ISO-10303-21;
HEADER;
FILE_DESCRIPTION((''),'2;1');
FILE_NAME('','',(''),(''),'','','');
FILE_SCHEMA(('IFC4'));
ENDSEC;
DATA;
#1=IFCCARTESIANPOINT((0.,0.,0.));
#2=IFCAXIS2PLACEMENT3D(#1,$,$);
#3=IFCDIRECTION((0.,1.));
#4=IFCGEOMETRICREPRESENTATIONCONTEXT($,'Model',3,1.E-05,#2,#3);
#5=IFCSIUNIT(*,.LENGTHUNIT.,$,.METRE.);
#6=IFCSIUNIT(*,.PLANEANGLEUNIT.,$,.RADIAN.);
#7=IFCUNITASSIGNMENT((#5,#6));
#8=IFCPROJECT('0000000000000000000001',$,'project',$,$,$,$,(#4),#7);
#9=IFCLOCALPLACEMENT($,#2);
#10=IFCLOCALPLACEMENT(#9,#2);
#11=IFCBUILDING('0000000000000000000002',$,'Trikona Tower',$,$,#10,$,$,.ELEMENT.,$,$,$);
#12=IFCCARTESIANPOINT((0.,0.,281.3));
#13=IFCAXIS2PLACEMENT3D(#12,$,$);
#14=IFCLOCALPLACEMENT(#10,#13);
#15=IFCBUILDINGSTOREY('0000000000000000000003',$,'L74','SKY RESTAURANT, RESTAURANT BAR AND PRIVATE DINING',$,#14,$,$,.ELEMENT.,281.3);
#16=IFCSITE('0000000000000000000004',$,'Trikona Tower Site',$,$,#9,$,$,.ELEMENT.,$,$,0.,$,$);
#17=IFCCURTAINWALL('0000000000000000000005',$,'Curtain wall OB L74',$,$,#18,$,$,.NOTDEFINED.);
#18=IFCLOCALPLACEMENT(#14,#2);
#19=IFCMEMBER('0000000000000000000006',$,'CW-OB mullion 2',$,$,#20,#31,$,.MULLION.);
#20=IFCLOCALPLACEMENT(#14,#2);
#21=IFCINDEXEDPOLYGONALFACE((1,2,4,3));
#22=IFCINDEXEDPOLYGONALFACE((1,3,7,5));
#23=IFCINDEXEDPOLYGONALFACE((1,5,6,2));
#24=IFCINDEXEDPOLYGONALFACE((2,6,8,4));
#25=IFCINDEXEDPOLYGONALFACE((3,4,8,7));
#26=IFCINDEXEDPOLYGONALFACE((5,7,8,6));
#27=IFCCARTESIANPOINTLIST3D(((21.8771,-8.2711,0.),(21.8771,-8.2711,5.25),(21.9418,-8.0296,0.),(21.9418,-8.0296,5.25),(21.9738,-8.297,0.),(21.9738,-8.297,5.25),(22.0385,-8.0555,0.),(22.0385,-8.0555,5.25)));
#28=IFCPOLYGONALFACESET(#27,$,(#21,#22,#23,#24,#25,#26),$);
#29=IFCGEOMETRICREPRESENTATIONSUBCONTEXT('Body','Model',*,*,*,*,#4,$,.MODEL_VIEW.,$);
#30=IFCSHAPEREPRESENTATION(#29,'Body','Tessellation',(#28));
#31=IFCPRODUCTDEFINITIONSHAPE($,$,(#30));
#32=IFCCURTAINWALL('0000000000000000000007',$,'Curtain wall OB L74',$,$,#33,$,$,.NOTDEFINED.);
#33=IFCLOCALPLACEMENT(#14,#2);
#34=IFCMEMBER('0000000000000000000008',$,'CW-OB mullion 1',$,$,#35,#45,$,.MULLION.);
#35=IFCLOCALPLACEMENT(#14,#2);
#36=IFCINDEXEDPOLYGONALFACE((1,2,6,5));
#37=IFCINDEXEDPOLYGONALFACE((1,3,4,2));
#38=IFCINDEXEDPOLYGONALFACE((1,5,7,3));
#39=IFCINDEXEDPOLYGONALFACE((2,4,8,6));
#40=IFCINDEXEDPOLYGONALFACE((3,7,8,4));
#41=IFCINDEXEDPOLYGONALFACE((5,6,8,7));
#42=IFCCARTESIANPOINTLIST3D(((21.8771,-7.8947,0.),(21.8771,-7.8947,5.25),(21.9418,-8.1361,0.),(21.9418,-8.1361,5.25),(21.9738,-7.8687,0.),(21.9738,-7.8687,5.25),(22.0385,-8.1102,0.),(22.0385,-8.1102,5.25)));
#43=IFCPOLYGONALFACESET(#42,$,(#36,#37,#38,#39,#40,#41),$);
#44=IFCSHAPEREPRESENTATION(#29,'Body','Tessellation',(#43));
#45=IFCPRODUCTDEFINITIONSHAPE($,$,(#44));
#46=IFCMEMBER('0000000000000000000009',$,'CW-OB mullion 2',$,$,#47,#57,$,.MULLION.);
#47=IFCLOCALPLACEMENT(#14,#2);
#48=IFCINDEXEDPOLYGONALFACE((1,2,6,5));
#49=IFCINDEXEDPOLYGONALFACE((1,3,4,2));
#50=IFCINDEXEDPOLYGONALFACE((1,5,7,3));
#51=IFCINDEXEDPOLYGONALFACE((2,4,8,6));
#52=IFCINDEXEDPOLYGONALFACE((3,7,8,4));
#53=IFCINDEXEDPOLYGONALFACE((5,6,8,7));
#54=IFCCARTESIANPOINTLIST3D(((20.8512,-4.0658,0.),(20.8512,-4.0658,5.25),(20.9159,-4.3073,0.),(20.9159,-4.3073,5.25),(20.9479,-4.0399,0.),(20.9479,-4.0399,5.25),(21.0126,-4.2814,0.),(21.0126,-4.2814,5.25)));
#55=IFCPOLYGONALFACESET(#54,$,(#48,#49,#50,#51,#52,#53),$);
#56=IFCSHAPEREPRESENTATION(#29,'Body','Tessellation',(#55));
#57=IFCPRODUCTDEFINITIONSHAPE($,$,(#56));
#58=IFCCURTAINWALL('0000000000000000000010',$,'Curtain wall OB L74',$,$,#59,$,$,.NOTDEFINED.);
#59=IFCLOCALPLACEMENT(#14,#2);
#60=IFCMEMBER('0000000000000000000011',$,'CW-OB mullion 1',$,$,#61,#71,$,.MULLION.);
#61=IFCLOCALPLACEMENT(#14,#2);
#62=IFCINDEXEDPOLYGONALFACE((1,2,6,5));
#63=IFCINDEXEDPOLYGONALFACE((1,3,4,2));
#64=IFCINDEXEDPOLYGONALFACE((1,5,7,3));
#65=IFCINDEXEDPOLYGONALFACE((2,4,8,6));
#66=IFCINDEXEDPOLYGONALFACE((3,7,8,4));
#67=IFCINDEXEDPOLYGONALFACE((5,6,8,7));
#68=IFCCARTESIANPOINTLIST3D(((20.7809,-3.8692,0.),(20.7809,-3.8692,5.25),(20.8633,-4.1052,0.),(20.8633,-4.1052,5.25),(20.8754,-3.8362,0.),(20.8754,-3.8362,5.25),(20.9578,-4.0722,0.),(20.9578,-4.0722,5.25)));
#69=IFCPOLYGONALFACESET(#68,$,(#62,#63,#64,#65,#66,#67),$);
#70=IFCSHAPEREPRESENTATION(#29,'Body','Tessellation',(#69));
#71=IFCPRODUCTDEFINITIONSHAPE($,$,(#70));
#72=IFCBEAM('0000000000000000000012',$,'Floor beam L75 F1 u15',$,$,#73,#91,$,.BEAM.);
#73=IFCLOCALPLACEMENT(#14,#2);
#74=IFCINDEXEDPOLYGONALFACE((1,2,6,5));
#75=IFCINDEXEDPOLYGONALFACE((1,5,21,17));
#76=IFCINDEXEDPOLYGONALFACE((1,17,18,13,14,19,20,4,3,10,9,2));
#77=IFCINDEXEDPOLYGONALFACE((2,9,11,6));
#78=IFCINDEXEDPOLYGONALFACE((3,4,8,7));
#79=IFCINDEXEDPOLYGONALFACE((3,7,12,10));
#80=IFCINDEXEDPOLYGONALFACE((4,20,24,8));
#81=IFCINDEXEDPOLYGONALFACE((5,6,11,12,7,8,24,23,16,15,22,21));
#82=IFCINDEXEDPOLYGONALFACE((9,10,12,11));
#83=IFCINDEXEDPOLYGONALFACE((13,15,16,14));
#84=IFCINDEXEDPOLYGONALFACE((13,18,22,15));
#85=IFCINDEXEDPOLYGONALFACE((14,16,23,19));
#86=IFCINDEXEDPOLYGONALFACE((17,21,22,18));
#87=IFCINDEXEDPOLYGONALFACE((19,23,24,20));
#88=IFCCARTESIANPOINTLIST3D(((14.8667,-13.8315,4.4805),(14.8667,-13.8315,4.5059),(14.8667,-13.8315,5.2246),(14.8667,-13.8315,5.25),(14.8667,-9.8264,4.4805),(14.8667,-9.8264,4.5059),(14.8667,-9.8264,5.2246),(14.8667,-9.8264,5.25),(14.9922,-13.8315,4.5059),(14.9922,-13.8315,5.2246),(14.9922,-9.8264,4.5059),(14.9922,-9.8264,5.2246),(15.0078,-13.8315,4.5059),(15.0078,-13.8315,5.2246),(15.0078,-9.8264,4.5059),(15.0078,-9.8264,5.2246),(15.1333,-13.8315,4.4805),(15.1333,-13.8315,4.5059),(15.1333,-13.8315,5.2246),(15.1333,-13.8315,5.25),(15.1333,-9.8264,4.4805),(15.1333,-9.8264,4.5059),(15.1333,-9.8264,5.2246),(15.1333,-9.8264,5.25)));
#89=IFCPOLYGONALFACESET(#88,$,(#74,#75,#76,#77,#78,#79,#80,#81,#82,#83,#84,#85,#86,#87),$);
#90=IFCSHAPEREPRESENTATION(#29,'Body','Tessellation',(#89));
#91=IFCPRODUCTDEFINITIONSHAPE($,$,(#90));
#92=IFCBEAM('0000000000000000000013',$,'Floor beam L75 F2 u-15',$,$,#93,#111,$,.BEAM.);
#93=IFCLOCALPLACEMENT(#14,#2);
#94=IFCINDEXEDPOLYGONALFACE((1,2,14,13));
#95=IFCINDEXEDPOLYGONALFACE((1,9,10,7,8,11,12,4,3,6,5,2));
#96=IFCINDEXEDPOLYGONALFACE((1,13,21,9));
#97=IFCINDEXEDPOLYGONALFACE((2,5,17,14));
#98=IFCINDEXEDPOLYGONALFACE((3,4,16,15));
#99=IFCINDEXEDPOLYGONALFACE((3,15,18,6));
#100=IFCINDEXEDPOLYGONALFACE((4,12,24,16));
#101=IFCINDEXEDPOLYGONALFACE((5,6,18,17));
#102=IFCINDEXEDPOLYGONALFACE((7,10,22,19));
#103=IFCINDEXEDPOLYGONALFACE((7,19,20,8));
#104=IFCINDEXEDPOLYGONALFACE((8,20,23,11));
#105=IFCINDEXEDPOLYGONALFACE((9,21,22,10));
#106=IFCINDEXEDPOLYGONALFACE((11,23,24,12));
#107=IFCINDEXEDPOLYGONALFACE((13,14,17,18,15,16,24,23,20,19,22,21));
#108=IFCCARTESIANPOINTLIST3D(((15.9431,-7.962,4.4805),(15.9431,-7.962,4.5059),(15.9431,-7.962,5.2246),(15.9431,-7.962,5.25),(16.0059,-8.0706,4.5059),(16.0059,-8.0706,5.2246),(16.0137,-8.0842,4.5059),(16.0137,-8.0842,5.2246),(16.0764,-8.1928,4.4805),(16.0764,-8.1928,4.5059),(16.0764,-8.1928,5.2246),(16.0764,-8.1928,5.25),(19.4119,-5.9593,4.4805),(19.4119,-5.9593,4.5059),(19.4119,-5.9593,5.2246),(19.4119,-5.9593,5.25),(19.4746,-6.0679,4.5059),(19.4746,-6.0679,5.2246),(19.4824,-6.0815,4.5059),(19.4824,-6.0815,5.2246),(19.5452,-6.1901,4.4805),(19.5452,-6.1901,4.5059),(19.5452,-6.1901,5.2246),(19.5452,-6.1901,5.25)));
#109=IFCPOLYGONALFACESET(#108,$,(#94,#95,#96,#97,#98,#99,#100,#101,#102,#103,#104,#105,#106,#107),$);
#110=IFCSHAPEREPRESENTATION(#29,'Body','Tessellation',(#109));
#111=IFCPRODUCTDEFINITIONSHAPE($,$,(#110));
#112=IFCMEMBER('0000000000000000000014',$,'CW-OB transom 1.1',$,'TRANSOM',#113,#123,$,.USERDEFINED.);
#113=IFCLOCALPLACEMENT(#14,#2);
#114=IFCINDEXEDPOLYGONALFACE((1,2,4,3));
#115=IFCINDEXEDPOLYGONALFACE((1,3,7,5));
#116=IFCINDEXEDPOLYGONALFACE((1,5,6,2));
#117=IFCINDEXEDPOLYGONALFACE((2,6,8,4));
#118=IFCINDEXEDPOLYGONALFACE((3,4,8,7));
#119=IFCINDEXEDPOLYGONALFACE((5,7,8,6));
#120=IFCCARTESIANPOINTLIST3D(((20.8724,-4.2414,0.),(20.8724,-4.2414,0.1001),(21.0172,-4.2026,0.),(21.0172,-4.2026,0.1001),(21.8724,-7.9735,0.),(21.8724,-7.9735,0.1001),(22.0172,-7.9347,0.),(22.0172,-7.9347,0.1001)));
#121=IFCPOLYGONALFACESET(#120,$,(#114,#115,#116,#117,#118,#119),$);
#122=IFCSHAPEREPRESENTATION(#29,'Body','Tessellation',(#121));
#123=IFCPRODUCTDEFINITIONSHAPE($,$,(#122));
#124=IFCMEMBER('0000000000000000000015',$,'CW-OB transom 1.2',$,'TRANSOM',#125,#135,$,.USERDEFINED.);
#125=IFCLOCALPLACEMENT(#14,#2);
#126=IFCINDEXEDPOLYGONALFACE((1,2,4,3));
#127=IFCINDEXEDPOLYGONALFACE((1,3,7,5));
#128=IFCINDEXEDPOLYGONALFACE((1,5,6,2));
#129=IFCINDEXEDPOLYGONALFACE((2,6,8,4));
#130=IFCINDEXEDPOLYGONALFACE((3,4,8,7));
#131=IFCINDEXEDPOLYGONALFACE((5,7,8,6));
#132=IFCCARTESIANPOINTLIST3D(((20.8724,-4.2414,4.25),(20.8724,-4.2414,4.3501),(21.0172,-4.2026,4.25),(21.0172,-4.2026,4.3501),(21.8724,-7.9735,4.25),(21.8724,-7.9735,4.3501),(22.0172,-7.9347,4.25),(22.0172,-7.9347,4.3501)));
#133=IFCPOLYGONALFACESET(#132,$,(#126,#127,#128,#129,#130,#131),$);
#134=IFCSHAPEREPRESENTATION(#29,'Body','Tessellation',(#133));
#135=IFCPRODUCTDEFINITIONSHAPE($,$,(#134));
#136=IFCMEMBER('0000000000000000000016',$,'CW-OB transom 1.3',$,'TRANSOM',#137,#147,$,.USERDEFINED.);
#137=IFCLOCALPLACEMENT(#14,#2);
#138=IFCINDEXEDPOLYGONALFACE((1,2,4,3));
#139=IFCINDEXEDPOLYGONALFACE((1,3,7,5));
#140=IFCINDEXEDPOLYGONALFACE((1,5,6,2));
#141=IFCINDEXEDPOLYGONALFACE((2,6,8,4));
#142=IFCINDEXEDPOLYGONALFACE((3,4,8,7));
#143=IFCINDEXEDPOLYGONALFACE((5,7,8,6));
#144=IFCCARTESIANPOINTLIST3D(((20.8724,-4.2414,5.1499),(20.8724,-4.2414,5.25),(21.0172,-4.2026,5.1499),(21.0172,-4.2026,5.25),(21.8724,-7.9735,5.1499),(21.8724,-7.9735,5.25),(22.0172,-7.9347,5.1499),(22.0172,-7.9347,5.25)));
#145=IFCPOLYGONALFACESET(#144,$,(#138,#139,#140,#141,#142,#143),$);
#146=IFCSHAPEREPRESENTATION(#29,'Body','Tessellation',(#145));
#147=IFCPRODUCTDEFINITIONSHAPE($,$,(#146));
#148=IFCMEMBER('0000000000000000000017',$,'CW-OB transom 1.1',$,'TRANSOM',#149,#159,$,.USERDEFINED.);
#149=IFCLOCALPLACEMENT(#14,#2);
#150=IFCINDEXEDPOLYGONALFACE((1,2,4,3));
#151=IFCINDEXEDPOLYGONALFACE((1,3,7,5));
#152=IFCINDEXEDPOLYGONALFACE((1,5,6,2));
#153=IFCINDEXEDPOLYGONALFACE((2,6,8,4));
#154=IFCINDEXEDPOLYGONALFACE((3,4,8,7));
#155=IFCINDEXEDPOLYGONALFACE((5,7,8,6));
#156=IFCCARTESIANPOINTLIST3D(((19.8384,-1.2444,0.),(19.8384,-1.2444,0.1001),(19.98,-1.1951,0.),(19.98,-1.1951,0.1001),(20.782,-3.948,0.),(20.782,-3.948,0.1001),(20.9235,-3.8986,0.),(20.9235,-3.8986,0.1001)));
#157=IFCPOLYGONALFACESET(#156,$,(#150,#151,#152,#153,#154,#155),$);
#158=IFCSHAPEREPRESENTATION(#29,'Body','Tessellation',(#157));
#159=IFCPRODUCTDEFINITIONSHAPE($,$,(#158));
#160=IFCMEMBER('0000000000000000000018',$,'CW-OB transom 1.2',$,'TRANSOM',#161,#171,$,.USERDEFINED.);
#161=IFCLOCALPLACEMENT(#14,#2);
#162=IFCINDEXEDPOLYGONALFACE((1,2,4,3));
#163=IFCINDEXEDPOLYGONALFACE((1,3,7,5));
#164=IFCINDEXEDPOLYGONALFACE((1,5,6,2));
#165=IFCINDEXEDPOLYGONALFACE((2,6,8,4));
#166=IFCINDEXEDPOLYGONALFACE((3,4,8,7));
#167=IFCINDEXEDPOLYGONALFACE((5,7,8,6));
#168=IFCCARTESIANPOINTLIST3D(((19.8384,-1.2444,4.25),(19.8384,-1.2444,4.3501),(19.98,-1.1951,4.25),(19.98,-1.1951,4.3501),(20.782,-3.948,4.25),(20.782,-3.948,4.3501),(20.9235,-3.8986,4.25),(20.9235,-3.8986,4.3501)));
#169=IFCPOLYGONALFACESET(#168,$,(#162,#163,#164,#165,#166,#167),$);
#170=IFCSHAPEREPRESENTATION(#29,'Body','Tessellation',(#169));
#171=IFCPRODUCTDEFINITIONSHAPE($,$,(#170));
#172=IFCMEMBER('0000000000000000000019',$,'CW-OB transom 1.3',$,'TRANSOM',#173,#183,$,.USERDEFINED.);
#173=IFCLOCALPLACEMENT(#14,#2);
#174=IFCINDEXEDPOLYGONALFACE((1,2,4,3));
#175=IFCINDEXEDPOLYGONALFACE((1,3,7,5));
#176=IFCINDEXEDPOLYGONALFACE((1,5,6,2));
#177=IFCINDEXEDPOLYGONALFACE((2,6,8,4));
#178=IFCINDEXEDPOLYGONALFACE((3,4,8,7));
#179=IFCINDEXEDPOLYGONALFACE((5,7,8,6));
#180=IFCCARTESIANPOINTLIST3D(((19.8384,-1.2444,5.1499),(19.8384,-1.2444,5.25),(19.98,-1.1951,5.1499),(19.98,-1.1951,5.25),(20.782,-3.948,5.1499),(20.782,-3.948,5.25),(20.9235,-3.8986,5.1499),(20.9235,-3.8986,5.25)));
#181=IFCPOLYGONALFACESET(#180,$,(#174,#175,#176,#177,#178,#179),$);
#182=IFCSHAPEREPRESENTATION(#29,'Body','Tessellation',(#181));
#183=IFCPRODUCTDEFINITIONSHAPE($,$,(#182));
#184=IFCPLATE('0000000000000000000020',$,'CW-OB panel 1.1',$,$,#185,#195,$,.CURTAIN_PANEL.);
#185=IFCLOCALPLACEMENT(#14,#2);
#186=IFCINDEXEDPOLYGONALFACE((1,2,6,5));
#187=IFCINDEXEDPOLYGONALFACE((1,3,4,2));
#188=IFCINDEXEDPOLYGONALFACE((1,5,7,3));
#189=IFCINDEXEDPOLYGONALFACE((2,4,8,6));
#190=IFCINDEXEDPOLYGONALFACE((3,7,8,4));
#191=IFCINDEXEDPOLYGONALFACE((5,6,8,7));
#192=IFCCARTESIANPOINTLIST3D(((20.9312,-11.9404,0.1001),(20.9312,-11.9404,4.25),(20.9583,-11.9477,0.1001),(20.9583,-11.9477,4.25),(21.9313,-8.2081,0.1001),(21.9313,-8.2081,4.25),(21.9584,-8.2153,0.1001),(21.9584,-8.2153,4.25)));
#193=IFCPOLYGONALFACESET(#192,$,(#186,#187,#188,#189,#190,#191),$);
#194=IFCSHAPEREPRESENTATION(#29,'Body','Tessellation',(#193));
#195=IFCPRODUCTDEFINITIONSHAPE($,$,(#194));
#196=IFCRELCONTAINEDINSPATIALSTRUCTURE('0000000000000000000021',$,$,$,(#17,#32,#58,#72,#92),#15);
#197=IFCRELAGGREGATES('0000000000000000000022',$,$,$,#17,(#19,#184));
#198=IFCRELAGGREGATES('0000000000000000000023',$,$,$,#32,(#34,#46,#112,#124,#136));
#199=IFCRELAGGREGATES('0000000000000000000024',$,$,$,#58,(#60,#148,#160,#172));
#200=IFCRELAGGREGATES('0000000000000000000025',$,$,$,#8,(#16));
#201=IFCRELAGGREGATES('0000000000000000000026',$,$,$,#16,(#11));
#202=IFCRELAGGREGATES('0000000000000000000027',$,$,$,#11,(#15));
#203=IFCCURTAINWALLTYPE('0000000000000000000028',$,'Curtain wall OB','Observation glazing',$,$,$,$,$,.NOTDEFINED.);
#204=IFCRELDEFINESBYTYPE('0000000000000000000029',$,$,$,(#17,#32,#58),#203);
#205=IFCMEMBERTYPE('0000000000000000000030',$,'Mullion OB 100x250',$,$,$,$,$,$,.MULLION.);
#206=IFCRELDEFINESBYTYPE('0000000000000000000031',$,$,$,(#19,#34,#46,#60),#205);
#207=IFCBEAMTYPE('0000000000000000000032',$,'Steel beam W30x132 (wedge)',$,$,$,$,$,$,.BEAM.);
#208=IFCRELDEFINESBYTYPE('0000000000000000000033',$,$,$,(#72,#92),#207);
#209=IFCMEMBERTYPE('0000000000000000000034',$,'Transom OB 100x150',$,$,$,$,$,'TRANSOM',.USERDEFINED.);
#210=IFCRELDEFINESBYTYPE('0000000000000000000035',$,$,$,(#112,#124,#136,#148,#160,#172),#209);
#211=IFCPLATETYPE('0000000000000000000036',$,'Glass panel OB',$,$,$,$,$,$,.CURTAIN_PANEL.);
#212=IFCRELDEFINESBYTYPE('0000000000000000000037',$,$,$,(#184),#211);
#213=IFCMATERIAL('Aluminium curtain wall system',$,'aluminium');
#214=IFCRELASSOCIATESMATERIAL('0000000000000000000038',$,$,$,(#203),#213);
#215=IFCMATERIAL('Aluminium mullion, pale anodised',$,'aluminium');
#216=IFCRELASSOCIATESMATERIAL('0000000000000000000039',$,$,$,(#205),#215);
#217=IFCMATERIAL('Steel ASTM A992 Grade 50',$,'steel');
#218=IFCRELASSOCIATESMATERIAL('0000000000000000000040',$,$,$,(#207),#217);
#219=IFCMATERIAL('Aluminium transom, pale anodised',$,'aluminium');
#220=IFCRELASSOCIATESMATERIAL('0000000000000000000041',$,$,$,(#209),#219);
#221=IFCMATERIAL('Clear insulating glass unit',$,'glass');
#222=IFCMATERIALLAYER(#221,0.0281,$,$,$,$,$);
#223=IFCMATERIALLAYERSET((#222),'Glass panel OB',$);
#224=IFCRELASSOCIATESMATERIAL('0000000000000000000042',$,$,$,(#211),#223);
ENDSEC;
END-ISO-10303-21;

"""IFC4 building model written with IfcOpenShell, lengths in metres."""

from ifc_helpers import new_model, si_unit, direction, frame, origin, origin_2d, place, context, subcontext, project, spatial, rectangle, i_section, extrude, material, layer, layer_set, material_profile, profile_set, type_object, element, aggregate, save


model = new_model("IFC4")

# Units and contexts
model_context = context("Model", 3, precision=1e-05, world=origin(), true_north=direction((0.0, 1.0)))
body_context = subcontext(model_context, "Body", "Model", "MODEL_VIEW")
ifc_project = project(units=[si_unit("LENGTHUNIT", "METRE"), si_unit("PLANEANGLEUNIT", "RADIAN")], contexts=[model_context])

# Site, building, storey
site_placement = place(None, origin())
site = spatial("IfcSite", under=ifc_project, at=site_placement, Name="Trikona Tower Site", CompositionType="ELEMENT", RefElevation=0.0)
building_placement = place(site_placement, origin())
building = spatial("IfcBuilding", under=site, at=building_placement, Name="Trikona Tower", CompositionType="ELEMENT")
storey_placement = place(building_placement, frame((0.0, 0.0, 281.3)))
storey = spatial("IfcBuildingStorey", under=building, at=storey_placement, Name="L74", Description="SKY RESTAURANT, RESTAURANT BAR AND PRIVATE DINING", CompositionType="ELEMENT", Elevation=281.3)

# Curtain wall, member
ifc_material_1 = material(Name="Aluminium curtain wall system", Category="aluminium")
curtain_wall_type = type_object("IfcCurtainWallType", Name="Curtain wall OB", Description="Observation glazing", PredefinedType="NOTDEFINED", material=ifc_material_1)
curtain_wall_1_placement = place(storey_placement, origin())
curtain_wall_1 = element("IfcCurtainWall", 1, at=curtain_wall_1_placement, inside=storey, type_object=curtain_wall_type, Name="Curtain wall OB L74", PredefinedType="NOTDEFINED")
ifc_material_2 = material(Name="Aluminium mullion, pale anodised", Category="aluminium")
ifc_material_profile_1 = material_profile(ifc_material_2, rectangle(XDim=0.1001, YDim=0.25, at=origin_2d()), Name="MUL-OB")
ifc_profile_set_1 = profile_set([ifc_material_profile_1], Name="Aluminium mullion, pale anodised")
member_type_1 = type_object("IfcMemberType", Name="Mullion OB 100x250", PredefinedType="MULLION", material=ifc_profile_set_1)
member_1_placement = place(storey_placement, frame((21.9578, -8.1633, 0.0), z_axis=(0.0, 0.0, 1.0), x_axis=(-0.965923, 0.258828, 0.0)))
member_1 = element("IfcMember", 2, at=member_1_placement, type_object=member_type_1, Name="CW-OB mullion 2", PredefinedType="MULLION", context=body_context, shape_type="SweptSolid", body=[
    extrude(rectangle(XDim=0.1001, YDim=0.25, at=origin_2d()), origin(), (0.0, 0.0, 1.0), 5.25),
])

# Curtain wall, members
curtain_wall_2_placement = place(storey_placement, origin())
curtain_wall_2 = element("IfcCurtainWall", 3, at=curtain_wall_2_placement, inside=storey, type_object=curtain_wall_type, Name="Curtain wall OB L74", PredefinedType="NOTDEFINED")
member_2_placement = place(storey_placement, frame((21.9578, -8.0024, 0.0), z_axis=(0.0, 0.0, 1.0), x_axis=(-0.965922, -0.258834, 0.0)))
member_2 = element("IfcMember", 4, at=member_2_placement, type_object=member_type_1, Name="CW-OB mullion 1", PredefinedType="MULLION", context=body_context, shape_type="SweptSolid", body=[
    extrude(rectangle(XDim=0.1001, YDim=0.25, at=origin_2d()), origin(), (0.0, 0.0, 1.0), 5.25),
])
member_3_placement = place(storey_placement, frame((20.9319, -4.1736, 0.0), z_axis=(0.0, 0.0, 1.0), x_axis=(-0.965922, -0.258834, 0.0)))
member_3 = element("IfcMember", 5, at=member_3_placement, type_object=member_type_1, Name="CW-OB mullion 2", PredefinedType="MULLION", context=body_context, shape_type="SweptSolid", body=[
    extrude(rectangle(XDim=0.1001, YDim=0.25, at=origin_2d()), origin(), (0.0, 0.0, 1.0), 5.25),
])

# Curtain wall, member
curtain_wall_3_placement = place(storey_placement, origin())
curtain_wall_3 = element("IfcCurtainWall", 6, at=curtain_wall_3_placement, inside=storey, type_object=curtain_wall_type, Name="Curtain wall OB L74", PredefinedType="NOTDEFINED")
member_4_placement = place(storey_placement, frame((20.8694, -3.9707, 0.0), z_axis=(0.0, 0.0, 1.0), x_axis=(-0.944137, -0.329552, 0.0)))
member_4 = element("IfcMember", 7, at=member_4_placement, type_object=member_type_1, Name="CW-OB mullion 1", PredefinedType="MULLION", context=body_context, shape_type="SweptSolid", body=[
    extrude(rectangle(XDim=0.1001, YDim=0.25, at=origin_2d()), origin(), (0.0, 0.0, 1.0), 5.25),
])

# Beams
ifc_material_3 = material(Name="Steel ASTM A992 Grade 50", Category="steel")
ifc_material_profile_2 = material_profile(ifc_material_3, i_section(OverallWidth=0.2666, OverallDepth=0.7695, WebThickness=0.0156, FlangeThickness=0.0254, at=origin_2d()), Name="W30X132")
ifc_profile_set_2 = profile_set([ifc_material_profile_2], Name="Steel ASTM A992 Grade 50")
beam_type = type_object("IfcBeamType", Name="Steel beam W30x132 (wedge)", PredefinedType="BEAM", material=ifc_profile_set_2)
beam_1_placement = place(storey_placement, frame((15.0, -9.8264, 4.8652), z_axis=(0.0, -1.0, 0.0), x_axis=(1.0, 0.0, 0.0)))
element("IfcBeam", 8, at=beam_1_placement, inside=storey, type_object=beam_type, Name="Floor beam L75 F1 u15", PredefinedType="BEAM", context=body_context, shape_type="SweptSolid", body=[
    extrude(i_section(OverallWidth=0.2666, OverallDepth=0.7695, WebThickness=0.0156, FlangeThickness=0.0254, at=origin_2d()), origin(), (0.0, 0.0, 1.0), 4.0051),
])
beam_2_placement = place(storey_placement, frame((16.0098, -8.0774, 4.8652), z_axis=(0.866025, 0.5, 0.0), x_axis=(-0.5, 0.866025, 0.0)))
element("IfcBeam", 9, at=beam_2_placement, inside=storey, type_object=beam_type, Name="Floor beam L75 F2 u-15", PredefinedType="BEAM", context=body_context, shape_type="SweptSolid", body=[
    extrude(i_section(OverallWidth=0.2666, OverallDepth=0.7695, WebThickness=0.0156, FlangeThickness=0.0254, at=origin_2d()), origin(), (0.0, 0.0, 1.0), 4.0054),
])

# Members
ifc_material_4 = material(Name="Aluminium transom, pale anodised", Category="aluminium")
ifc_material_profile_3 = material_profile(ifc_material_4, rectangle(XDim=0.1499, YDim=0.1001, at=origin_2d()), Name="TRN-OB")
ifc_profile_set_3 = profile_set([ifc_material_profile_3], Name="Aluminium transom, pale anodised")
member_type_2 = type_object("IfcMemberType", Name="Transom OB 100x150", ElementType="TRANSOM", PredefinedType="USERDEFINED", material=ifc_profile_set_3)
member_5_placement = place(storey_placement, frame((21.9448, -7.9541, 0.05), z_axis=(-0.258811, 0.965928, 0.0), x_axis=(-0.965928, -0.258811, 0.0)))
member_5 = element("IfcMember", 10, at=member_5_placement, type_object=member_type_2, Name="CW-OB transom 1.1", ObjectType="TRANSOM", PredefinedType="USERDEFINED", context=body_context, shape_type="SweptSolid", body=[
    extrude(rectangle(XDim=0.1499, YDim=0.1001, at=origin_2d()), origin(), (0.0, 0.0, 1.0), 3.8638),
])
member_6_placement = place(storey_placement, frame((21.9448, -7.9541, 4.3), z_axis=(-0.258811, 0.965928, 0.0), x_axis=(-0.965928, -0.258811, 0.0)))
member_6 = element("IfcMember", 11, at=member_6_placement, type_object=member_type_2, Name="CW-OB transom 1.2", ObjectType="TRANSOM", PredefinedType="USERDEFINED", context=body_context, shape_type="SweptSolid", body=[
    extrude(rectangle(XDim=0.1499, YDim=0.1001, at=origin_2d()), origin(), (0.0, 0.0, 1.0), 3.8638),
])
member_7_placement = place(storey_placement, frame((21.9448, -7.9541, 5.2), z_axis=(-0.258811, 0.965928, 0.0), x_axis=(-0.965928, -0.258811, 0.0)))
member_7 = element("IfcMember", 12, at=member_7_placement, type_object=member_type_2, Name="CW-OB transom 1.3", ObjectType="TRANSOM", PredefinedType="USERDEFINED", context=body_context, shape_type="SweptSolid", body=[
    extrude(rectangle(XDim=0.1499, YDim=0.1001, at=origin_2d()), origin(), (0.0, 0.0, 1.0), 3.8638),
])
member_8_placement = place(storey_placement, frame((20.8528, -3.9233, 0.05), z_axis=(-0.329522, 0.944148, 0.0), x_axis=(-0.944148, -0.329522, 0.0)))
member_8 = element("IfcMember", 13, at=member_8_placement, type_object=member_type_2, Name="CW-OB transom 1.1", ObjectType="TRANSOM", PredefinedType="USERDEFINED", context=body_context, shape_type="SweptSolid", body=[
    extrude(rectangle(XDim=0.1499, YDim=0.1001, at=origin_2d()), origin(), (0.0, 0.0, 1.0), 2.8635),
])
member_9_placement = place(storey_placement, frame((20.8528, -3.9233, 4.3), z_axis=(-0.329522, 0.944148, 0.0), x_axis=(-0.944148, -0.329522, 0.0)))
member_9 = element("IfcMember", 14, at=member_9_placement, type_object=member_type_2, Name="CW-OB transom 1.2", ObjectType="TRANSOM", PredefinedType="USERDEFINED", context=body_context, shape_type="SweptSolid", body=[
    extrude(rectangle(XDim=0.1499, YDim=0.1001, at=origin_2d()), origin(), (0.0, 0.0, 1.0), 2.8635),
])
member_10_placement = place(storey_placement, frame((20.8528, -3.9233, 5.2), z_axis=(-0.329522, 0.944148, 0.0), x_axis=(-0.944148, -0.329522, 0.0)))
member_10 = element("IfcMember", 15, at=member_10_placement, type_object=member_type_2, Name="CW-OB transom 1.3", ObjectType="TRANSOM", PredefinedType="USERDEFINED", context=body_context, shape_type="SweptSolid", body=[
    extrude(rectangle(XDim=0.1499, YDim=0.1001, at=origin_2d()), origin(), (0.0, 0.0, 1.0), 2.8635),
])

# Plate
ifc_material_5 = material(Name="Clear insulating glass unit", Category="glass")
ifc_layer_1 = layer(ifc_material_5, 0.0281)
ifc_layer_set_1 = layer_set([ifc_layer_1], Name="Glass panel OB")
plate_type = type_object("IfcPlateType", Name="Glass panel OB", PredefinedType="CURTAIN_PANEL", material=ifc_layer_set_1)
plate_1_placement = place(storey_placement, frame((21.4448, -10.0779, 0.1001), z_axis=(0.0, 0.0, 1.0), x_axis=(0.258828, 0.965923, 0.0)))
plate_1 = element("IfcPlate", 16, at=plate_1_placement, type_object=plate_type, Name="CW-OB panel 1.1", PredefinedType="CURTAIN_PANEL", context=body_context, shape_type="SweptSolid", body=[
    extrude(rectangle(XDim=3.864, YDim=0.0281, at=origin_2d()), origin(), (0.0, 0.0, 1.0), 4.1499),
])
aggregate(curtain_wall_1, [member_1, plate_1])
aggregate(curtain_wall_2, [member_2, member_3, member_5, member_6, member_7])
aggregate(curtain_wall_3, [member_4, member_8, member_9, member_10])

save(model, "model.ifc")
